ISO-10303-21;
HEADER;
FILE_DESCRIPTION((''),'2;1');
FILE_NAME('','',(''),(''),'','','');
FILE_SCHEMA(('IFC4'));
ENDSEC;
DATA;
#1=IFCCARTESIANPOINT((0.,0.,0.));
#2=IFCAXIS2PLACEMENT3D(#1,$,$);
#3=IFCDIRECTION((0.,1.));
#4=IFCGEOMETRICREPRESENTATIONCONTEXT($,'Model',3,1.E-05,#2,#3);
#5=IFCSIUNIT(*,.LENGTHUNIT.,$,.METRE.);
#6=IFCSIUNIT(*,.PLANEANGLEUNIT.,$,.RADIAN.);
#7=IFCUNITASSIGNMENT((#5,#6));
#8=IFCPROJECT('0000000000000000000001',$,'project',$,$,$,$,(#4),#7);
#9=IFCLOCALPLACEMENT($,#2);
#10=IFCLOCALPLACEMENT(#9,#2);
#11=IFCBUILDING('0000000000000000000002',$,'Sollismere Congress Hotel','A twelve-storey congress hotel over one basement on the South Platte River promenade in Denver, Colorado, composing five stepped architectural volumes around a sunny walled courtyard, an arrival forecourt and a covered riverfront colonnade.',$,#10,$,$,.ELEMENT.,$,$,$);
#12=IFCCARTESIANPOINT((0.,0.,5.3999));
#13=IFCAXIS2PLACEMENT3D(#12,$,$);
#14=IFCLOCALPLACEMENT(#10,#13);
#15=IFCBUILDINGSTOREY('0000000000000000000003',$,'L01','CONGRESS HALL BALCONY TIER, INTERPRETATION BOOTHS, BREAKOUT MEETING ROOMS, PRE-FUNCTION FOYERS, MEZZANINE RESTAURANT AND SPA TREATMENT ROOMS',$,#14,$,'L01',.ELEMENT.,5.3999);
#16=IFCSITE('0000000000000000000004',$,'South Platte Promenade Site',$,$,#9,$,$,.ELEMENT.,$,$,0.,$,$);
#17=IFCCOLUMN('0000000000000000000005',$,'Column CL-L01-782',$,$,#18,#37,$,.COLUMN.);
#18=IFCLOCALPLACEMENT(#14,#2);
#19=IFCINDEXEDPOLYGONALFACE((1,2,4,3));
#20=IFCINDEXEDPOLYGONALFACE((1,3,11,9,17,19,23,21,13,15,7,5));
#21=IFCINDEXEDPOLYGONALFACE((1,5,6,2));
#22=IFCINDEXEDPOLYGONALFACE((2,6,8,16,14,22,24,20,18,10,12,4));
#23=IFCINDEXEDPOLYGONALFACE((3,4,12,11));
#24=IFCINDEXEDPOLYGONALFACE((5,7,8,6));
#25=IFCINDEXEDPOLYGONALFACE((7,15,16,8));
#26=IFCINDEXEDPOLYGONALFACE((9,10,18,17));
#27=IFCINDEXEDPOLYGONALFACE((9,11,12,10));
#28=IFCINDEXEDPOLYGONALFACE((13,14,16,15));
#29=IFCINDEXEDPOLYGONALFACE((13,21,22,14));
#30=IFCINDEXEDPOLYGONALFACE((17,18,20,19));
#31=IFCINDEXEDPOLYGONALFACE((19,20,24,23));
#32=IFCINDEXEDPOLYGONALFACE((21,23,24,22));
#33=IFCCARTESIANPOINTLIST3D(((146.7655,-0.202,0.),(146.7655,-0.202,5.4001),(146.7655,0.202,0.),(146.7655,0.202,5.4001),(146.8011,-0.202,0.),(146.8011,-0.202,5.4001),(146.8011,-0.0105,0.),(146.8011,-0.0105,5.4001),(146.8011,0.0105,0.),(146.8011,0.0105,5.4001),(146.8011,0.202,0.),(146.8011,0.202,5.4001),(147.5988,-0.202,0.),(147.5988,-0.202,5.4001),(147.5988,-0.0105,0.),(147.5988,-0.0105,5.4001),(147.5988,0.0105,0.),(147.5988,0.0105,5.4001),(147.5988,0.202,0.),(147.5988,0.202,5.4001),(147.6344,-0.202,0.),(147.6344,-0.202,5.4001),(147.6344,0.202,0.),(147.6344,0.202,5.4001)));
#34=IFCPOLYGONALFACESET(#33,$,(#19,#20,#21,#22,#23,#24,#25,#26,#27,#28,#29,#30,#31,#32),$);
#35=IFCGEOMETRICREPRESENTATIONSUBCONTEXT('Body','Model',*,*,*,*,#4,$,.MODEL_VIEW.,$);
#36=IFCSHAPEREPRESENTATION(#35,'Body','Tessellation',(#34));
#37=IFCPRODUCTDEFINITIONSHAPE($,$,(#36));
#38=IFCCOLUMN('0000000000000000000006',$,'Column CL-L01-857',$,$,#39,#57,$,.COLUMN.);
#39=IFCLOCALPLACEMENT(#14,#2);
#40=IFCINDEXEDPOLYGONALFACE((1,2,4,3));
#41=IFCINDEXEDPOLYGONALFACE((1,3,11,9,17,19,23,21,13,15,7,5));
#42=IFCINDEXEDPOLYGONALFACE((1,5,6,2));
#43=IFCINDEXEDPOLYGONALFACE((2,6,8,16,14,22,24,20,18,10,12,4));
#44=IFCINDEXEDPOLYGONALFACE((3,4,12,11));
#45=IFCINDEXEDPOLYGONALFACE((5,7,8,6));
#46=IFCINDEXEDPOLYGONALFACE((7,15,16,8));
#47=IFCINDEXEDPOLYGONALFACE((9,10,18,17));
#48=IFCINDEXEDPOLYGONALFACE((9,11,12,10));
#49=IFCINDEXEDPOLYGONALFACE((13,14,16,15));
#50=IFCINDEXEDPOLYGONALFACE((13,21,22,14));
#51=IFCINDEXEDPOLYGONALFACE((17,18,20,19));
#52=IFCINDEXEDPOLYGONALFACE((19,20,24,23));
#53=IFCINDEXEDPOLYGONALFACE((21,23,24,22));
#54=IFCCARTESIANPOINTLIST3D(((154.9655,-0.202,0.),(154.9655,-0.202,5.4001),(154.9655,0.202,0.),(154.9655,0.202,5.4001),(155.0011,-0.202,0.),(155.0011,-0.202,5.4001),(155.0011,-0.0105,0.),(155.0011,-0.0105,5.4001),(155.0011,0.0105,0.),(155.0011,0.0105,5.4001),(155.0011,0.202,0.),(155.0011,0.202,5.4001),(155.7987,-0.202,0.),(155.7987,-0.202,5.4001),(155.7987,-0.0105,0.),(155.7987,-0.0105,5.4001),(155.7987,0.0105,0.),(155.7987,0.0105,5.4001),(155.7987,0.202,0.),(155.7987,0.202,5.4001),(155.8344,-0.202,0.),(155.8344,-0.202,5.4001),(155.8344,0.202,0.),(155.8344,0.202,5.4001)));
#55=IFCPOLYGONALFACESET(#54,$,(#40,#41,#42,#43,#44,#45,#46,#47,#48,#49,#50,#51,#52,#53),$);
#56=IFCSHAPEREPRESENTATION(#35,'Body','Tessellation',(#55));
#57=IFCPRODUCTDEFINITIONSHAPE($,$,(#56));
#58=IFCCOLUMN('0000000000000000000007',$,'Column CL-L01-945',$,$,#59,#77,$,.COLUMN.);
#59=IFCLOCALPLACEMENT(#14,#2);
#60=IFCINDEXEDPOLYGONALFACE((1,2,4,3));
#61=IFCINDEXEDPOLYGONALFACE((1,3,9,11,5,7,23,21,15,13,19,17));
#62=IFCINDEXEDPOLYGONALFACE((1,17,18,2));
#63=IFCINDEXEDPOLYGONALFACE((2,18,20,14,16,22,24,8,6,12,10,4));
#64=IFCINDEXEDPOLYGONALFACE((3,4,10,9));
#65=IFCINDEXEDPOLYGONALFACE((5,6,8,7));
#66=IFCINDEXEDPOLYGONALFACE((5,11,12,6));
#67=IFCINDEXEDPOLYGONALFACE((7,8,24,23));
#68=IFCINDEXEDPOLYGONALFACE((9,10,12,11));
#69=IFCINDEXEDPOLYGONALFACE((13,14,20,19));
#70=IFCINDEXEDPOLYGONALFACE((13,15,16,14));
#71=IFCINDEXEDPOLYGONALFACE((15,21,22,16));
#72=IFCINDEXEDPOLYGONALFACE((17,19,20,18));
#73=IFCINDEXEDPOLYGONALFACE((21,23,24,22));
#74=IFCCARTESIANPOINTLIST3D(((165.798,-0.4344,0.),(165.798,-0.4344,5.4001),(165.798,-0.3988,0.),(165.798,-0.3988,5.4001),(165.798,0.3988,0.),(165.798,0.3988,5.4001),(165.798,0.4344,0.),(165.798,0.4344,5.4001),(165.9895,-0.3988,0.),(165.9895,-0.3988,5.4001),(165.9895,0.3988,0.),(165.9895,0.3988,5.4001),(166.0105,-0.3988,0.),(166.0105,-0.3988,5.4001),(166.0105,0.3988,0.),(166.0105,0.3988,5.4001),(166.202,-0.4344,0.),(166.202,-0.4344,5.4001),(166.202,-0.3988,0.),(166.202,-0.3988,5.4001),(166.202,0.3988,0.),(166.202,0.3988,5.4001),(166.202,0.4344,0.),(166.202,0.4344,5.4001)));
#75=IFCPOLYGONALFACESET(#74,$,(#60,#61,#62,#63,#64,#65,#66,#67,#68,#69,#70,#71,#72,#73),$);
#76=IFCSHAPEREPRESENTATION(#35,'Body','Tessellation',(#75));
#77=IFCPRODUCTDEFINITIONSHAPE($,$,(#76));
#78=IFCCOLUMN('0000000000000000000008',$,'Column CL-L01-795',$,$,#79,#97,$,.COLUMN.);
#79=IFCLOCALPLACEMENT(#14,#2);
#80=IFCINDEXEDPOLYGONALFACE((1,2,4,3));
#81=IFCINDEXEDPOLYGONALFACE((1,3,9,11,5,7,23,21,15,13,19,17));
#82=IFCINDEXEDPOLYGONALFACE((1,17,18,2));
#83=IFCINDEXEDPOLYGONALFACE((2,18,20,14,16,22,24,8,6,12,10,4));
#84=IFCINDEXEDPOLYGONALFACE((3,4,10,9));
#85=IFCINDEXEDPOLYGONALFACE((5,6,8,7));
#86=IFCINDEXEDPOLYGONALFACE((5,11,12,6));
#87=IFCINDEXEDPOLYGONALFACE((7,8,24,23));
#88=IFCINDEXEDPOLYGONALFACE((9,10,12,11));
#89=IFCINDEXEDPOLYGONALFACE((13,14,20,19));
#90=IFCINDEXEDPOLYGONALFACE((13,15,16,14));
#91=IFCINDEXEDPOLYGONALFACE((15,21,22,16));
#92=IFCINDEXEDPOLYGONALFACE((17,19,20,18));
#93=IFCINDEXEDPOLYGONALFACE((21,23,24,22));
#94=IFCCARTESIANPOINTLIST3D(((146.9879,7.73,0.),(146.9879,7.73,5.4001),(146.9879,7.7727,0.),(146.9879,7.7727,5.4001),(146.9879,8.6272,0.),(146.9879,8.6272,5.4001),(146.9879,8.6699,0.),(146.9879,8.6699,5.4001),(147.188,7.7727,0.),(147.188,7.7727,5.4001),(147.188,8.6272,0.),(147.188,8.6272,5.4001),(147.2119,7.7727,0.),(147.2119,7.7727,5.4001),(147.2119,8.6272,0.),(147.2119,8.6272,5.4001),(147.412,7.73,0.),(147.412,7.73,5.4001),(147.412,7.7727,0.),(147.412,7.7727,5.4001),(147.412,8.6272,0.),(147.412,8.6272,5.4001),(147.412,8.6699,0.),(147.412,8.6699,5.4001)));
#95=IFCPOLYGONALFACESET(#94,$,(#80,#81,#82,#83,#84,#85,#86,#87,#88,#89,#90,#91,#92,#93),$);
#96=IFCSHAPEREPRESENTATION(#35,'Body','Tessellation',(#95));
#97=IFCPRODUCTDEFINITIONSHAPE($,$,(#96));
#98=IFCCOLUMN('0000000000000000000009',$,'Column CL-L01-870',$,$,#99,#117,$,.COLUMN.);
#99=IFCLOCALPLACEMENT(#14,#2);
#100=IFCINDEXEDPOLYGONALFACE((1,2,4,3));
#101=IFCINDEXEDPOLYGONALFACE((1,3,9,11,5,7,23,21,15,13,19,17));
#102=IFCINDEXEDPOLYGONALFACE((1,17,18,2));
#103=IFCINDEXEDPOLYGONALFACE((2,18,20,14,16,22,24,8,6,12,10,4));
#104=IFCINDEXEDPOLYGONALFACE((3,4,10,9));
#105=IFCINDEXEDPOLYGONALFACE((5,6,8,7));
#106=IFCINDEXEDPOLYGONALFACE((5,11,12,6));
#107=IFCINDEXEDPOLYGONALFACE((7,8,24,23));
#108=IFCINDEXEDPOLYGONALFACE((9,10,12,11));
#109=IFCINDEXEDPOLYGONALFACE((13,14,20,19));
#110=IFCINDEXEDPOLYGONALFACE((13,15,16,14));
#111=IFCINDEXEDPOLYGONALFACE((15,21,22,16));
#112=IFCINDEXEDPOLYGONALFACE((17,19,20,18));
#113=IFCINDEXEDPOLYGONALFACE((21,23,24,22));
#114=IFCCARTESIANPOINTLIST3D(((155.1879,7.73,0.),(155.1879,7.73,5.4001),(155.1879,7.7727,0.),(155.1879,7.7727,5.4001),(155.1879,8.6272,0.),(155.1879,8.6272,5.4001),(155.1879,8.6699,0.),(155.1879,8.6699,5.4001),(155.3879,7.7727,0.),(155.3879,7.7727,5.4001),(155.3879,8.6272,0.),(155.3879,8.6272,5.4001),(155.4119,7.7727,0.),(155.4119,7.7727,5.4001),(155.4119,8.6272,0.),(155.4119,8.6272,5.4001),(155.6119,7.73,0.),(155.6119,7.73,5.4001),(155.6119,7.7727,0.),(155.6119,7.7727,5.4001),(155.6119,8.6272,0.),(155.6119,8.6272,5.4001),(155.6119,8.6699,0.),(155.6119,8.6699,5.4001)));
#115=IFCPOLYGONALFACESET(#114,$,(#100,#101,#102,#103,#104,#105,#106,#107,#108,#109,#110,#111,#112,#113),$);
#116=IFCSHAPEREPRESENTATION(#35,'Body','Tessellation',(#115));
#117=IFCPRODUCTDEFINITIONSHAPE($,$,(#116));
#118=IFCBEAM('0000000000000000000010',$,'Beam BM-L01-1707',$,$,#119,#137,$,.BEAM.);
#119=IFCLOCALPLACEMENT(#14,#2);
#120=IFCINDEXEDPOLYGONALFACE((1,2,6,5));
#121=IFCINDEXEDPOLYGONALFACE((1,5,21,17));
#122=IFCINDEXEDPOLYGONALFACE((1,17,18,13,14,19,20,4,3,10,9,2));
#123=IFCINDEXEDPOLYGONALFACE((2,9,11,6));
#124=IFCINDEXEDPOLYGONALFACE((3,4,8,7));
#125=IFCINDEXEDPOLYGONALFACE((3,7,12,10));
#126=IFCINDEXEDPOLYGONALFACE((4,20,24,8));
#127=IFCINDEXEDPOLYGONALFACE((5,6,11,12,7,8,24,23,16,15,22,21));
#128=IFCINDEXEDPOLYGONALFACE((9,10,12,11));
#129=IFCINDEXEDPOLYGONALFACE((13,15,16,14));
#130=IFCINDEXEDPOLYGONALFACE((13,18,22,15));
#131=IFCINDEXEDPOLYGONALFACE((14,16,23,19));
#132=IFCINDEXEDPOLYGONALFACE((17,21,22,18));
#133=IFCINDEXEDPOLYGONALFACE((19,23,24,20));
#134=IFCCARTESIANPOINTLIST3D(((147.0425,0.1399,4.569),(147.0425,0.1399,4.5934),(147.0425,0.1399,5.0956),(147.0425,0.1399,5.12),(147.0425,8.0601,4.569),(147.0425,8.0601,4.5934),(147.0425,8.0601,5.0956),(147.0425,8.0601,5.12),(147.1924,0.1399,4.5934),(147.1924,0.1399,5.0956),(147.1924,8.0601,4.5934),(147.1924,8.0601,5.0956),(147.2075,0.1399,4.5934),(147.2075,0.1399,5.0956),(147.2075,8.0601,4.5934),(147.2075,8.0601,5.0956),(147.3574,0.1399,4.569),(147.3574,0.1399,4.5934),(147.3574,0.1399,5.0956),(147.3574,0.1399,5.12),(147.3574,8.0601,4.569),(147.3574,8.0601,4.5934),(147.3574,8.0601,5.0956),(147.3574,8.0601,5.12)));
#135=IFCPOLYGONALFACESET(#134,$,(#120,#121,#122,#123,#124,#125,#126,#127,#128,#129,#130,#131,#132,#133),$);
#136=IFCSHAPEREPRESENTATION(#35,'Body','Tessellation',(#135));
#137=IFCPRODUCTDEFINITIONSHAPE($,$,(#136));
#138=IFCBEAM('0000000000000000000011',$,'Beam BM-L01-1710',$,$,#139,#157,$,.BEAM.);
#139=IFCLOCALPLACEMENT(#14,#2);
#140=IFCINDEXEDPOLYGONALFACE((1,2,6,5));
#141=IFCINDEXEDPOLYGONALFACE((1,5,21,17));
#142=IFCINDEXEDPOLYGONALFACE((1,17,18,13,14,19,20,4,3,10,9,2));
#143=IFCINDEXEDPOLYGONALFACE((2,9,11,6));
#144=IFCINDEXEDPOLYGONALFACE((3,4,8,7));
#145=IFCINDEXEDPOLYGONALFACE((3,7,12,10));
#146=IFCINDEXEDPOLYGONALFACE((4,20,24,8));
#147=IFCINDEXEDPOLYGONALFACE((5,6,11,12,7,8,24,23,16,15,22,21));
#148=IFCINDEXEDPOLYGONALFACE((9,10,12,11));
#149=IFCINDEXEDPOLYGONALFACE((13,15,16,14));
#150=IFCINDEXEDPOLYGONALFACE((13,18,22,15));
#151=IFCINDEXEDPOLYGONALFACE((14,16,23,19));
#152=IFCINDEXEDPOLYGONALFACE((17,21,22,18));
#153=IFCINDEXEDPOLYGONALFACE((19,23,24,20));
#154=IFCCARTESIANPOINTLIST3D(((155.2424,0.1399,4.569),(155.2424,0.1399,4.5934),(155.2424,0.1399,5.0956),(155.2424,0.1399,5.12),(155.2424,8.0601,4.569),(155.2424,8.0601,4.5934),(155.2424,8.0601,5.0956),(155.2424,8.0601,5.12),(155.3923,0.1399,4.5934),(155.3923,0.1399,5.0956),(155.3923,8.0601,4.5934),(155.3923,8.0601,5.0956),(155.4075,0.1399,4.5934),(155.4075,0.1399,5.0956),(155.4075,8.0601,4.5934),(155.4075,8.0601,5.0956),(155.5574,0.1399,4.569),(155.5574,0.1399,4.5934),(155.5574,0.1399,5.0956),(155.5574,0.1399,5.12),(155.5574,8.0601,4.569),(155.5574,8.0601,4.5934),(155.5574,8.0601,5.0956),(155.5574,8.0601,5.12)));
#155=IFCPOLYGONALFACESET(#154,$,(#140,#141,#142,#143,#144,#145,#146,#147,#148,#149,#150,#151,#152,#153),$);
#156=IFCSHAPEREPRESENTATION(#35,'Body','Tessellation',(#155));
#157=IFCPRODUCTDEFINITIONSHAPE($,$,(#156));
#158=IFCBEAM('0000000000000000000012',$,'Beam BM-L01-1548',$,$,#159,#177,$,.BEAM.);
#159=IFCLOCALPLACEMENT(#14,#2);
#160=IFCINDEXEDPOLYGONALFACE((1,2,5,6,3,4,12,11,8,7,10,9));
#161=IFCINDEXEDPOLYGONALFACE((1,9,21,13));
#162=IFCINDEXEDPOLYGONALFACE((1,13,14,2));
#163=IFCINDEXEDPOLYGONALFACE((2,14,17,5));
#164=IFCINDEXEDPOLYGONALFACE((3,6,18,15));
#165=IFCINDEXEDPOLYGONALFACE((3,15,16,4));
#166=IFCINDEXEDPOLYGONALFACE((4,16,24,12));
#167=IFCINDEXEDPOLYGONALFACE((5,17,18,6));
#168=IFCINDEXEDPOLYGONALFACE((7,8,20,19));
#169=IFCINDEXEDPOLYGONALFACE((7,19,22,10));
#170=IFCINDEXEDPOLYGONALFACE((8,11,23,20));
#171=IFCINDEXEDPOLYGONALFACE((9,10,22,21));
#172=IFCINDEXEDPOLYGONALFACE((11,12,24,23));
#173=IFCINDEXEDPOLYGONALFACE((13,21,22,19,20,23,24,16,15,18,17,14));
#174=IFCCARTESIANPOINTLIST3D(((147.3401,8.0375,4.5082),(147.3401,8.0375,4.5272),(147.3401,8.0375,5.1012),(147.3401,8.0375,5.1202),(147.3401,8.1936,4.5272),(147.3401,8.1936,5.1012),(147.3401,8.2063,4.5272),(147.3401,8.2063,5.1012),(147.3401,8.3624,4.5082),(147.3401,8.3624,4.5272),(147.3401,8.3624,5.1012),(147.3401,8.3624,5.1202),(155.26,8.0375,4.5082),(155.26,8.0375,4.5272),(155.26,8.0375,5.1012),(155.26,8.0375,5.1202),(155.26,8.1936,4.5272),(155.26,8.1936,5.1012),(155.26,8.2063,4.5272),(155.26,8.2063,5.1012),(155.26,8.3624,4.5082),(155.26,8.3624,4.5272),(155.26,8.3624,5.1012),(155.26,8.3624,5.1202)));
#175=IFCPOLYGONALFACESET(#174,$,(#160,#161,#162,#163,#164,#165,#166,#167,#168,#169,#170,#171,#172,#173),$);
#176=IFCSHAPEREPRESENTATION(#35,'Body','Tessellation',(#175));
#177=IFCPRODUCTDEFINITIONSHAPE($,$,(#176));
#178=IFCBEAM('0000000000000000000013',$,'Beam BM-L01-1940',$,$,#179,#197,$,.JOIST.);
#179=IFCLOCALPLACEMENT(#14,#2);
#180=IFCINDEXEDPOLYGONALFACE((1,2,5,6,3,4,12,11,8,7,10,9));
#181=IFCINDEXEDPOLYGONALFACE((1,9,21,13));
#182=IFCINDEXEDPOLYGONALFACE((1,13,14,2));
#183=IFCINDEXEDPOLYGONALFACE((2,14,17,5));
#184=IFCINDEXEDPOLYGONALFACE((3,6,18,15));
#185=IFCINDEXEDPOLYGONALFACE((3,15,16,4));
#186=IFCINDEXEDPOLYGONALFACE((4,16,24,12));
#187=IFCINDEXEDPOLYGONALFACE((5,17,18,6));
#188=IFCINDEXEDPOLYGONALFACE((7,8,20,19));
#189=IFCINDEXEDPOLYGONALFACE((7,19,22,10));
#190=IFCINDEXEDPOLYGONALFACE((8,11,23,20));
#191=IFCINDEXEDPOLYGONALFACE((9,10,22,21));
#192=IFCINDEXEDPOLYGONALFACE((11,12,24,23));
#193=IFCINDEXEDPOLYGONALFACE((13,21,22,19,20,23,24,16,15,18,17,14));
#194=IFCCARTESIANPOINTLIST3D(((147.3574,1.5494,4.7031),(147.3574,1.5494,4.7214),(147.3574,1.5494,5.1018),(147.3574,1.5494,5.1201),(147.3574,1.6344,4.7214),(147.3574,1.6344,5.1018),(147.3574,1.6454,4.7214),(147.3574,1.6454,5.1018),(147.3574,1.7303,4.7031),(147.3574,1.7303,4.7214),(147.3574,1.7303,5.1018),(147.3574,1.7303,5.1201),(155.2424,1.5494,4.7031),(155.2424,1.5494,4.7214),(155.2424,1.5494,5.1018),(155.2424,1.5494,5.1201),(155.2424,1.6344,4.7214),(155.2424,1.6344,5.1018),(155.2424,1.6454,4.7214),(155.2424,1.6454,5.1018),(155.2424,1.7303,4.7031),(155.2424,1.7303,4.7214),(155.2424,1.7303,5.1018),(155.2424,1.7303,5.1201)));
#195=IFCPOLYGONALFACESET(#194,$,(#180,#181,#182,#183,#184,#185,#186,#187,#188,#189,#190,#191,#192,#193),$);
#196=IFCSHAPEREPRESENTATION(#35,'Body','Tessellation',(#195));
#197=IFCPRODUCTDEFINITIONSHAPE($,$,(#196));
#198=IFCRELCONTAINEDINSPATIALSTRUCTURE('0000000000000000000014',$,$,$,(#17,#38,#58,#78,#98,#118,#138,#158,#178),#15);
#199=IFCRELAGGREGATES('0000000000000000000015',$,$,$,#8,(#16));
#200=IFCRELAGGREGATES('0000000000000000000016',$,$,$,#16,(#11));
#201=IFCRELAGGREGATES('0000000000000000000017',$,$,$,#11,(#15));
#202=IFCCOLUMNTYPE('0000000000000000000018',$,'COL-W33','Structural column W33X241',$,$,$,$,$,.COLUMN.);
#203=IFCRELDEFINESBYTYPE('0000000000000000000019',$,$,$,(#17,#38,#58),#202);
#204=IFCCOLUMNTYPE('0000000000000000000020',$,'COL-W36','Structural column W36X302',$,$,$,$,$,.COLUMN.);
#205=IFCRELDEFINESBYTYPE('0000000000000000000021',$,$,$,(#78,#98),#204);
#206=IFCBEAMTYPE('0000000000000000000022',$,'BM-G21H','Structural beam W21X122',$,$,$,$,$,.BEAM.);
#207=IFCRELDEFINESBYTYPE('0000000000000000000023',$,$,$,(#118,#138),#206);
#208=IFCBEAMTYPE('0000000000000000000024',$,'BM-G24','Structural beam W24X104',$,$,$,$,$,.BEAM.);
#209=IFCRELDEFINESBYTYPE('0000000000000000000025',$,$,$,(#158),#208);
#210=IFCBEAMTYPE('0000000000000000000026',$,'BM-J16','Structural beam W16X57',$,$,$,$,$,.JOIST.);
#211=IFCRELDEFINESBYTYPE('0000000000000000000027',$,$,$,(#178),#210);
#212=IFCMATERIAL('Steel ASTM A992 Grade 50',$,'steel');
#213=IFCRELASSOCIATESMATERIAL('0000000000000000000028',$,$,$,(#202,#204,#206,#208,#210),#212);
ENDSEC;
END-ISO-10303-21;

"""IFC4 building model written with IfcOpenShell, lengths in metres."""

from ifc_helpers import new_model, si_unit, direction, frame, origin, origin_2d, place, context, subcontext, project, spatial, i_section, extrude, material, material_profile, profile_set, type_object, element, save


model = new_model("IFC4")

# Units and contexts
model_context = context("Model", 3, precision=1e-05, world=origin(), true_north=direction((0.0, 1.0)))
body_context = subcontext(model_context, "Body", "Model", "MODEL_VIEW")
ifc_project = project(units=[si_unit("LENGTHUNIT", "METRE"), si_unit("PLANEANGLEUNIT", "RADIAN")], contexts=[model_context])

# Site, building, storey
site_placement = place(None, origin())
site = spatial("IfcSite", under=ifc_project, at=site_placement, Name="South Platte Promenade Site", CompositionType="ELEMENT", RefElevation=0.0)
building_placement = place(site_placement, origin())
building = spatial("IfcBuilding", under=site, at=building_placement, Name="Sollismere Congress Hotel", Description="A twelve-storey congress hotel over one basement on the South Platte River promenade in Denver, Colorado, composing five stepped architectural volumes around a sunny walled courtyard, an arrival forecourt and a covered riverfront colonnade.", CompositionType="ELEMENT")
storey_placement = place(building_placement, frame((0.0, 0.0, 5.3999)))
storey = spatial("IfcBuildingStorey", under=building, at=storey_placement, Name="L01", Description="CONGRESS HALL BALCONY TIER, INTERPRETATION BOOTHS, BREAKOUT MEETING ROOMS, PRE-FUNCTION FOYERS, MEZZANINE RESTAURANT AND SPA TREATMENT ROOMS", LongName="L01", CompositionType="ELEMENT", Elevation=5.3999)

# Columns
ifc_material_1 = material(Name="Steel ASTM A992 Grade 50", Category="steel")
ifc_material_profile_1 = material_profile(ifc_material_1, i_section(OverallWidth=0.4041, OverallDepth=0.8689, WebThickness=0.021, FlangeThickness=0.0356, at=origin_2d()), Name="W33X241")
ifc_profile_set_1 = profile_set([ifc_material_profile_1], Name="Steel ASTM A992 Grade 50")
column_type_1 = type_object("IfcColumnType", Name="COL-W33", Description="Structural column W33X241", PredefinedType="COLUMN", material=ifc_profile_set_1)
for number, where, z_axis, x_axis, name in (
    (1, (147.2, 0.0, 0.0), (0.0, 0.0, 1.0), (0.0, 1.0, 0.0), "Column CL-L01-782"),
    (2, (155.3999, 0.0, 0.0), (0.0, 0.0, 1.0), (0.0, 1.0, 0.0), "Column CL-L01-857"),
    (3, (166.0, 0.0, 0.0), (0.0, 0.0, 1.0), (1.0, 0.0, 0.0), "Column CL-L01-945"),
):
    element("IfcColumn", number, at=place(storey_placement, frame(where, z_axis=z_axis, x_axis=x_axis)), inside=storey, type_object=column_type_1, Name=name, PredefinedType="COLUMN", context=body_context, shape_type="SweptSolid", body=[
        extrude(i_section(OverallWidth=0.4041, OverallDepth=0.8689, WebThickness=0.021, FlangeThickness=0.0356, at=origin_2d()), origin(), (0.0, 0.0, 1.0), 5.4001),
    ])
ifc_material_profile_2 = material_profile(ifc_material_1, i_section(OverallWidth=0.4241, OverallDepth=0.9399, WebThickness=0.0239, FlangeThickness=0.0427, at=origin_2d()), Name="W36X302")
ifc_profile_set_2 = profile_set([ifc_material_profile_2], Name="Steel ASTM A992 Grade 50")
column_type_2 = type_object("IfcColumnType", Name="COL-W36", Description="Structural column W36X302", PredefinedType="COLUMN", material=ifc_profile_set_2)
for number, where, z_axis, x_axis, name in (
    (4, (147.2, 8.2, 0.0), (0.0, 0.0, 1.0), (1.0, 0.0, 0.0), "Column CL-L01-795"),
    (5, (155.3999, 8.2, 0.0), (0.0, 0.0, 1.0), (1.0, 0.0, 0.0), "Column CL-L01-870"),
):
    element("IfcColumn", number, at=place(storey_placement, frame(where, z_axis=z_axis, x_axis=x_axis)), inside=storey, type_object=column_type_2, Name=name, PredefinedType="COLUMN", context=body_context, shape_type="SweptSolid", body=[
        extrude(i_section(OverallWidth=0.4241, OverallDepth=0.9399, WebThickness=0.0239, FlangeThickness=0.0427, at=origin_2d()), origin(), (0.0, 0.0, 1.0), 5.4001),
    ])

# Beams
ifc_material_profile_3 = material_profile(ifc_material_1, i_section(OverallWidth=0.3149, OverallDepth=0.551, WebThickness=0.0151, FlangeThickness=0.0244, at=origin_2d()), Name="W21X122")
ifc_profile_set_3 = profile_set([ifc_material_profile_3], Name="Steel ASTM A992 Grade 50")
beam_type_1 = type_object("IfcBeamType", Name="BM-G21H", Description="Structural beam W21X122", PredefinedType="BEAM", material=ifc_profile_set_3)
for number, where, z_axis, x_axis, name in (
    (6, (147.2, 0.1399, 4.8445), (0.0, 1.0, 0.0), (-1.0, 0.0, 0.0), "Beam BM-L01-1707"),
    (7, (155.3999, 0.1399, 4.8445), (0.0, 1.0, 0.0), (-1.0, 0.0, 0.0), "Beam BM-L01-1710"),
):
    element("IfcBeam", number, at=place(storey_placement, frame(where, z_axis=z_axis, x_axis=x_axis)), inside=storey, type_object=beam_type_1, Name=name, PredefinedType="BEAM", context=body_context, shape_type="SweptSolid", body=[
        extrude(i_section(OverallWidth=0.3149, OverallDepth=0.551, WebThickness=0.0151, FlangeThickness=0.0244, at=origin_2d()), origin(), (0.0, 0.0, 1.0), 7.9202),
    ])
ifc_material_profile_4 = material_profile(ifc_material_1, i_section(OverallWidth=0.325, OverallDepth=0.6121, WebThickness=0.0127, FlangeThickness=0.019, at=origin_2d()), Name="W24X104")
ifc_profile_set_4 = profile_set([ifc_material_profile_4], Name="Steel ASTM A992 Grade 50")
beam_type_2 = type_object("IfcBeamType", Name="BM-G24", Description="Structural beam W24X104", PredefinedType="BEAM", material=ifc_profile_set_4)
beam_1_placement = place(storey_placement, frame((147.3401, 8.2, 4.8142), z_axis=(1.0, 0.0, 0.0), x_axis=(0.0, 1.0, 0.0)))
element("IfcBeam", 8, at=beam_1_placement, inside=storey, type_object=beam_type_2, Name="Beam BM-L01-1548", PredefinedType="BEAM", context=body_context, shape_type="SweptSolid", body=[
    extrude(i_section(OverallWidth=0.325, OverallDepth=0.6121, WebThickness=0.0127, FlangeThickness=0.019, at=origin_2d()), origin(), (0.0, 0.0, 1.0), 7.9199),
])
ifc_material_profile_5 = material_profile(ifc_material_1, i_section(OverallWidth=0.1809, OverallDepth=0.417, WebThickness=0.011, FlangeThickness=0.0183, at=origin_2d()), Name="W16X57")
ifc_profile_set_5 = profile_set([ifc_material_profile_5], Name="Steel ASTM A992 Grade 50")
beam_type_3 = type_object("IfcBeamType", Name="BM-J16", Description="Structural beam W16X57", PredefinedType="JOIST", material=ifc_profile_set_5)
for number, where, z_axis, x_axis, name in (
    (9, (147.3574, 1.6399, 4.9116), (1.0, 0.0, 0.0), (0.0, 1.0, 0.0), "Beam BM-L01-1940"),
):
    element("IfcBeam", number, at=place(storey_placement, frame(where, z_axis=z_axis, x_axis=x_axis)), inside=storey, type_object=beam_type_3, Name=name, PredefinedType="JOIST", context=body_context, shape_type="SweptSolid", body=[
        extrude(i_section(OverallWidth=0.1809, OverallDepth=0.417, WebThickness=0.011, FlangeThickness=0.0183, at=origin_2d()), origin(), (0.0, 0.0, 1.0), 7.885),
    ])

save(model, "model.ifc")
